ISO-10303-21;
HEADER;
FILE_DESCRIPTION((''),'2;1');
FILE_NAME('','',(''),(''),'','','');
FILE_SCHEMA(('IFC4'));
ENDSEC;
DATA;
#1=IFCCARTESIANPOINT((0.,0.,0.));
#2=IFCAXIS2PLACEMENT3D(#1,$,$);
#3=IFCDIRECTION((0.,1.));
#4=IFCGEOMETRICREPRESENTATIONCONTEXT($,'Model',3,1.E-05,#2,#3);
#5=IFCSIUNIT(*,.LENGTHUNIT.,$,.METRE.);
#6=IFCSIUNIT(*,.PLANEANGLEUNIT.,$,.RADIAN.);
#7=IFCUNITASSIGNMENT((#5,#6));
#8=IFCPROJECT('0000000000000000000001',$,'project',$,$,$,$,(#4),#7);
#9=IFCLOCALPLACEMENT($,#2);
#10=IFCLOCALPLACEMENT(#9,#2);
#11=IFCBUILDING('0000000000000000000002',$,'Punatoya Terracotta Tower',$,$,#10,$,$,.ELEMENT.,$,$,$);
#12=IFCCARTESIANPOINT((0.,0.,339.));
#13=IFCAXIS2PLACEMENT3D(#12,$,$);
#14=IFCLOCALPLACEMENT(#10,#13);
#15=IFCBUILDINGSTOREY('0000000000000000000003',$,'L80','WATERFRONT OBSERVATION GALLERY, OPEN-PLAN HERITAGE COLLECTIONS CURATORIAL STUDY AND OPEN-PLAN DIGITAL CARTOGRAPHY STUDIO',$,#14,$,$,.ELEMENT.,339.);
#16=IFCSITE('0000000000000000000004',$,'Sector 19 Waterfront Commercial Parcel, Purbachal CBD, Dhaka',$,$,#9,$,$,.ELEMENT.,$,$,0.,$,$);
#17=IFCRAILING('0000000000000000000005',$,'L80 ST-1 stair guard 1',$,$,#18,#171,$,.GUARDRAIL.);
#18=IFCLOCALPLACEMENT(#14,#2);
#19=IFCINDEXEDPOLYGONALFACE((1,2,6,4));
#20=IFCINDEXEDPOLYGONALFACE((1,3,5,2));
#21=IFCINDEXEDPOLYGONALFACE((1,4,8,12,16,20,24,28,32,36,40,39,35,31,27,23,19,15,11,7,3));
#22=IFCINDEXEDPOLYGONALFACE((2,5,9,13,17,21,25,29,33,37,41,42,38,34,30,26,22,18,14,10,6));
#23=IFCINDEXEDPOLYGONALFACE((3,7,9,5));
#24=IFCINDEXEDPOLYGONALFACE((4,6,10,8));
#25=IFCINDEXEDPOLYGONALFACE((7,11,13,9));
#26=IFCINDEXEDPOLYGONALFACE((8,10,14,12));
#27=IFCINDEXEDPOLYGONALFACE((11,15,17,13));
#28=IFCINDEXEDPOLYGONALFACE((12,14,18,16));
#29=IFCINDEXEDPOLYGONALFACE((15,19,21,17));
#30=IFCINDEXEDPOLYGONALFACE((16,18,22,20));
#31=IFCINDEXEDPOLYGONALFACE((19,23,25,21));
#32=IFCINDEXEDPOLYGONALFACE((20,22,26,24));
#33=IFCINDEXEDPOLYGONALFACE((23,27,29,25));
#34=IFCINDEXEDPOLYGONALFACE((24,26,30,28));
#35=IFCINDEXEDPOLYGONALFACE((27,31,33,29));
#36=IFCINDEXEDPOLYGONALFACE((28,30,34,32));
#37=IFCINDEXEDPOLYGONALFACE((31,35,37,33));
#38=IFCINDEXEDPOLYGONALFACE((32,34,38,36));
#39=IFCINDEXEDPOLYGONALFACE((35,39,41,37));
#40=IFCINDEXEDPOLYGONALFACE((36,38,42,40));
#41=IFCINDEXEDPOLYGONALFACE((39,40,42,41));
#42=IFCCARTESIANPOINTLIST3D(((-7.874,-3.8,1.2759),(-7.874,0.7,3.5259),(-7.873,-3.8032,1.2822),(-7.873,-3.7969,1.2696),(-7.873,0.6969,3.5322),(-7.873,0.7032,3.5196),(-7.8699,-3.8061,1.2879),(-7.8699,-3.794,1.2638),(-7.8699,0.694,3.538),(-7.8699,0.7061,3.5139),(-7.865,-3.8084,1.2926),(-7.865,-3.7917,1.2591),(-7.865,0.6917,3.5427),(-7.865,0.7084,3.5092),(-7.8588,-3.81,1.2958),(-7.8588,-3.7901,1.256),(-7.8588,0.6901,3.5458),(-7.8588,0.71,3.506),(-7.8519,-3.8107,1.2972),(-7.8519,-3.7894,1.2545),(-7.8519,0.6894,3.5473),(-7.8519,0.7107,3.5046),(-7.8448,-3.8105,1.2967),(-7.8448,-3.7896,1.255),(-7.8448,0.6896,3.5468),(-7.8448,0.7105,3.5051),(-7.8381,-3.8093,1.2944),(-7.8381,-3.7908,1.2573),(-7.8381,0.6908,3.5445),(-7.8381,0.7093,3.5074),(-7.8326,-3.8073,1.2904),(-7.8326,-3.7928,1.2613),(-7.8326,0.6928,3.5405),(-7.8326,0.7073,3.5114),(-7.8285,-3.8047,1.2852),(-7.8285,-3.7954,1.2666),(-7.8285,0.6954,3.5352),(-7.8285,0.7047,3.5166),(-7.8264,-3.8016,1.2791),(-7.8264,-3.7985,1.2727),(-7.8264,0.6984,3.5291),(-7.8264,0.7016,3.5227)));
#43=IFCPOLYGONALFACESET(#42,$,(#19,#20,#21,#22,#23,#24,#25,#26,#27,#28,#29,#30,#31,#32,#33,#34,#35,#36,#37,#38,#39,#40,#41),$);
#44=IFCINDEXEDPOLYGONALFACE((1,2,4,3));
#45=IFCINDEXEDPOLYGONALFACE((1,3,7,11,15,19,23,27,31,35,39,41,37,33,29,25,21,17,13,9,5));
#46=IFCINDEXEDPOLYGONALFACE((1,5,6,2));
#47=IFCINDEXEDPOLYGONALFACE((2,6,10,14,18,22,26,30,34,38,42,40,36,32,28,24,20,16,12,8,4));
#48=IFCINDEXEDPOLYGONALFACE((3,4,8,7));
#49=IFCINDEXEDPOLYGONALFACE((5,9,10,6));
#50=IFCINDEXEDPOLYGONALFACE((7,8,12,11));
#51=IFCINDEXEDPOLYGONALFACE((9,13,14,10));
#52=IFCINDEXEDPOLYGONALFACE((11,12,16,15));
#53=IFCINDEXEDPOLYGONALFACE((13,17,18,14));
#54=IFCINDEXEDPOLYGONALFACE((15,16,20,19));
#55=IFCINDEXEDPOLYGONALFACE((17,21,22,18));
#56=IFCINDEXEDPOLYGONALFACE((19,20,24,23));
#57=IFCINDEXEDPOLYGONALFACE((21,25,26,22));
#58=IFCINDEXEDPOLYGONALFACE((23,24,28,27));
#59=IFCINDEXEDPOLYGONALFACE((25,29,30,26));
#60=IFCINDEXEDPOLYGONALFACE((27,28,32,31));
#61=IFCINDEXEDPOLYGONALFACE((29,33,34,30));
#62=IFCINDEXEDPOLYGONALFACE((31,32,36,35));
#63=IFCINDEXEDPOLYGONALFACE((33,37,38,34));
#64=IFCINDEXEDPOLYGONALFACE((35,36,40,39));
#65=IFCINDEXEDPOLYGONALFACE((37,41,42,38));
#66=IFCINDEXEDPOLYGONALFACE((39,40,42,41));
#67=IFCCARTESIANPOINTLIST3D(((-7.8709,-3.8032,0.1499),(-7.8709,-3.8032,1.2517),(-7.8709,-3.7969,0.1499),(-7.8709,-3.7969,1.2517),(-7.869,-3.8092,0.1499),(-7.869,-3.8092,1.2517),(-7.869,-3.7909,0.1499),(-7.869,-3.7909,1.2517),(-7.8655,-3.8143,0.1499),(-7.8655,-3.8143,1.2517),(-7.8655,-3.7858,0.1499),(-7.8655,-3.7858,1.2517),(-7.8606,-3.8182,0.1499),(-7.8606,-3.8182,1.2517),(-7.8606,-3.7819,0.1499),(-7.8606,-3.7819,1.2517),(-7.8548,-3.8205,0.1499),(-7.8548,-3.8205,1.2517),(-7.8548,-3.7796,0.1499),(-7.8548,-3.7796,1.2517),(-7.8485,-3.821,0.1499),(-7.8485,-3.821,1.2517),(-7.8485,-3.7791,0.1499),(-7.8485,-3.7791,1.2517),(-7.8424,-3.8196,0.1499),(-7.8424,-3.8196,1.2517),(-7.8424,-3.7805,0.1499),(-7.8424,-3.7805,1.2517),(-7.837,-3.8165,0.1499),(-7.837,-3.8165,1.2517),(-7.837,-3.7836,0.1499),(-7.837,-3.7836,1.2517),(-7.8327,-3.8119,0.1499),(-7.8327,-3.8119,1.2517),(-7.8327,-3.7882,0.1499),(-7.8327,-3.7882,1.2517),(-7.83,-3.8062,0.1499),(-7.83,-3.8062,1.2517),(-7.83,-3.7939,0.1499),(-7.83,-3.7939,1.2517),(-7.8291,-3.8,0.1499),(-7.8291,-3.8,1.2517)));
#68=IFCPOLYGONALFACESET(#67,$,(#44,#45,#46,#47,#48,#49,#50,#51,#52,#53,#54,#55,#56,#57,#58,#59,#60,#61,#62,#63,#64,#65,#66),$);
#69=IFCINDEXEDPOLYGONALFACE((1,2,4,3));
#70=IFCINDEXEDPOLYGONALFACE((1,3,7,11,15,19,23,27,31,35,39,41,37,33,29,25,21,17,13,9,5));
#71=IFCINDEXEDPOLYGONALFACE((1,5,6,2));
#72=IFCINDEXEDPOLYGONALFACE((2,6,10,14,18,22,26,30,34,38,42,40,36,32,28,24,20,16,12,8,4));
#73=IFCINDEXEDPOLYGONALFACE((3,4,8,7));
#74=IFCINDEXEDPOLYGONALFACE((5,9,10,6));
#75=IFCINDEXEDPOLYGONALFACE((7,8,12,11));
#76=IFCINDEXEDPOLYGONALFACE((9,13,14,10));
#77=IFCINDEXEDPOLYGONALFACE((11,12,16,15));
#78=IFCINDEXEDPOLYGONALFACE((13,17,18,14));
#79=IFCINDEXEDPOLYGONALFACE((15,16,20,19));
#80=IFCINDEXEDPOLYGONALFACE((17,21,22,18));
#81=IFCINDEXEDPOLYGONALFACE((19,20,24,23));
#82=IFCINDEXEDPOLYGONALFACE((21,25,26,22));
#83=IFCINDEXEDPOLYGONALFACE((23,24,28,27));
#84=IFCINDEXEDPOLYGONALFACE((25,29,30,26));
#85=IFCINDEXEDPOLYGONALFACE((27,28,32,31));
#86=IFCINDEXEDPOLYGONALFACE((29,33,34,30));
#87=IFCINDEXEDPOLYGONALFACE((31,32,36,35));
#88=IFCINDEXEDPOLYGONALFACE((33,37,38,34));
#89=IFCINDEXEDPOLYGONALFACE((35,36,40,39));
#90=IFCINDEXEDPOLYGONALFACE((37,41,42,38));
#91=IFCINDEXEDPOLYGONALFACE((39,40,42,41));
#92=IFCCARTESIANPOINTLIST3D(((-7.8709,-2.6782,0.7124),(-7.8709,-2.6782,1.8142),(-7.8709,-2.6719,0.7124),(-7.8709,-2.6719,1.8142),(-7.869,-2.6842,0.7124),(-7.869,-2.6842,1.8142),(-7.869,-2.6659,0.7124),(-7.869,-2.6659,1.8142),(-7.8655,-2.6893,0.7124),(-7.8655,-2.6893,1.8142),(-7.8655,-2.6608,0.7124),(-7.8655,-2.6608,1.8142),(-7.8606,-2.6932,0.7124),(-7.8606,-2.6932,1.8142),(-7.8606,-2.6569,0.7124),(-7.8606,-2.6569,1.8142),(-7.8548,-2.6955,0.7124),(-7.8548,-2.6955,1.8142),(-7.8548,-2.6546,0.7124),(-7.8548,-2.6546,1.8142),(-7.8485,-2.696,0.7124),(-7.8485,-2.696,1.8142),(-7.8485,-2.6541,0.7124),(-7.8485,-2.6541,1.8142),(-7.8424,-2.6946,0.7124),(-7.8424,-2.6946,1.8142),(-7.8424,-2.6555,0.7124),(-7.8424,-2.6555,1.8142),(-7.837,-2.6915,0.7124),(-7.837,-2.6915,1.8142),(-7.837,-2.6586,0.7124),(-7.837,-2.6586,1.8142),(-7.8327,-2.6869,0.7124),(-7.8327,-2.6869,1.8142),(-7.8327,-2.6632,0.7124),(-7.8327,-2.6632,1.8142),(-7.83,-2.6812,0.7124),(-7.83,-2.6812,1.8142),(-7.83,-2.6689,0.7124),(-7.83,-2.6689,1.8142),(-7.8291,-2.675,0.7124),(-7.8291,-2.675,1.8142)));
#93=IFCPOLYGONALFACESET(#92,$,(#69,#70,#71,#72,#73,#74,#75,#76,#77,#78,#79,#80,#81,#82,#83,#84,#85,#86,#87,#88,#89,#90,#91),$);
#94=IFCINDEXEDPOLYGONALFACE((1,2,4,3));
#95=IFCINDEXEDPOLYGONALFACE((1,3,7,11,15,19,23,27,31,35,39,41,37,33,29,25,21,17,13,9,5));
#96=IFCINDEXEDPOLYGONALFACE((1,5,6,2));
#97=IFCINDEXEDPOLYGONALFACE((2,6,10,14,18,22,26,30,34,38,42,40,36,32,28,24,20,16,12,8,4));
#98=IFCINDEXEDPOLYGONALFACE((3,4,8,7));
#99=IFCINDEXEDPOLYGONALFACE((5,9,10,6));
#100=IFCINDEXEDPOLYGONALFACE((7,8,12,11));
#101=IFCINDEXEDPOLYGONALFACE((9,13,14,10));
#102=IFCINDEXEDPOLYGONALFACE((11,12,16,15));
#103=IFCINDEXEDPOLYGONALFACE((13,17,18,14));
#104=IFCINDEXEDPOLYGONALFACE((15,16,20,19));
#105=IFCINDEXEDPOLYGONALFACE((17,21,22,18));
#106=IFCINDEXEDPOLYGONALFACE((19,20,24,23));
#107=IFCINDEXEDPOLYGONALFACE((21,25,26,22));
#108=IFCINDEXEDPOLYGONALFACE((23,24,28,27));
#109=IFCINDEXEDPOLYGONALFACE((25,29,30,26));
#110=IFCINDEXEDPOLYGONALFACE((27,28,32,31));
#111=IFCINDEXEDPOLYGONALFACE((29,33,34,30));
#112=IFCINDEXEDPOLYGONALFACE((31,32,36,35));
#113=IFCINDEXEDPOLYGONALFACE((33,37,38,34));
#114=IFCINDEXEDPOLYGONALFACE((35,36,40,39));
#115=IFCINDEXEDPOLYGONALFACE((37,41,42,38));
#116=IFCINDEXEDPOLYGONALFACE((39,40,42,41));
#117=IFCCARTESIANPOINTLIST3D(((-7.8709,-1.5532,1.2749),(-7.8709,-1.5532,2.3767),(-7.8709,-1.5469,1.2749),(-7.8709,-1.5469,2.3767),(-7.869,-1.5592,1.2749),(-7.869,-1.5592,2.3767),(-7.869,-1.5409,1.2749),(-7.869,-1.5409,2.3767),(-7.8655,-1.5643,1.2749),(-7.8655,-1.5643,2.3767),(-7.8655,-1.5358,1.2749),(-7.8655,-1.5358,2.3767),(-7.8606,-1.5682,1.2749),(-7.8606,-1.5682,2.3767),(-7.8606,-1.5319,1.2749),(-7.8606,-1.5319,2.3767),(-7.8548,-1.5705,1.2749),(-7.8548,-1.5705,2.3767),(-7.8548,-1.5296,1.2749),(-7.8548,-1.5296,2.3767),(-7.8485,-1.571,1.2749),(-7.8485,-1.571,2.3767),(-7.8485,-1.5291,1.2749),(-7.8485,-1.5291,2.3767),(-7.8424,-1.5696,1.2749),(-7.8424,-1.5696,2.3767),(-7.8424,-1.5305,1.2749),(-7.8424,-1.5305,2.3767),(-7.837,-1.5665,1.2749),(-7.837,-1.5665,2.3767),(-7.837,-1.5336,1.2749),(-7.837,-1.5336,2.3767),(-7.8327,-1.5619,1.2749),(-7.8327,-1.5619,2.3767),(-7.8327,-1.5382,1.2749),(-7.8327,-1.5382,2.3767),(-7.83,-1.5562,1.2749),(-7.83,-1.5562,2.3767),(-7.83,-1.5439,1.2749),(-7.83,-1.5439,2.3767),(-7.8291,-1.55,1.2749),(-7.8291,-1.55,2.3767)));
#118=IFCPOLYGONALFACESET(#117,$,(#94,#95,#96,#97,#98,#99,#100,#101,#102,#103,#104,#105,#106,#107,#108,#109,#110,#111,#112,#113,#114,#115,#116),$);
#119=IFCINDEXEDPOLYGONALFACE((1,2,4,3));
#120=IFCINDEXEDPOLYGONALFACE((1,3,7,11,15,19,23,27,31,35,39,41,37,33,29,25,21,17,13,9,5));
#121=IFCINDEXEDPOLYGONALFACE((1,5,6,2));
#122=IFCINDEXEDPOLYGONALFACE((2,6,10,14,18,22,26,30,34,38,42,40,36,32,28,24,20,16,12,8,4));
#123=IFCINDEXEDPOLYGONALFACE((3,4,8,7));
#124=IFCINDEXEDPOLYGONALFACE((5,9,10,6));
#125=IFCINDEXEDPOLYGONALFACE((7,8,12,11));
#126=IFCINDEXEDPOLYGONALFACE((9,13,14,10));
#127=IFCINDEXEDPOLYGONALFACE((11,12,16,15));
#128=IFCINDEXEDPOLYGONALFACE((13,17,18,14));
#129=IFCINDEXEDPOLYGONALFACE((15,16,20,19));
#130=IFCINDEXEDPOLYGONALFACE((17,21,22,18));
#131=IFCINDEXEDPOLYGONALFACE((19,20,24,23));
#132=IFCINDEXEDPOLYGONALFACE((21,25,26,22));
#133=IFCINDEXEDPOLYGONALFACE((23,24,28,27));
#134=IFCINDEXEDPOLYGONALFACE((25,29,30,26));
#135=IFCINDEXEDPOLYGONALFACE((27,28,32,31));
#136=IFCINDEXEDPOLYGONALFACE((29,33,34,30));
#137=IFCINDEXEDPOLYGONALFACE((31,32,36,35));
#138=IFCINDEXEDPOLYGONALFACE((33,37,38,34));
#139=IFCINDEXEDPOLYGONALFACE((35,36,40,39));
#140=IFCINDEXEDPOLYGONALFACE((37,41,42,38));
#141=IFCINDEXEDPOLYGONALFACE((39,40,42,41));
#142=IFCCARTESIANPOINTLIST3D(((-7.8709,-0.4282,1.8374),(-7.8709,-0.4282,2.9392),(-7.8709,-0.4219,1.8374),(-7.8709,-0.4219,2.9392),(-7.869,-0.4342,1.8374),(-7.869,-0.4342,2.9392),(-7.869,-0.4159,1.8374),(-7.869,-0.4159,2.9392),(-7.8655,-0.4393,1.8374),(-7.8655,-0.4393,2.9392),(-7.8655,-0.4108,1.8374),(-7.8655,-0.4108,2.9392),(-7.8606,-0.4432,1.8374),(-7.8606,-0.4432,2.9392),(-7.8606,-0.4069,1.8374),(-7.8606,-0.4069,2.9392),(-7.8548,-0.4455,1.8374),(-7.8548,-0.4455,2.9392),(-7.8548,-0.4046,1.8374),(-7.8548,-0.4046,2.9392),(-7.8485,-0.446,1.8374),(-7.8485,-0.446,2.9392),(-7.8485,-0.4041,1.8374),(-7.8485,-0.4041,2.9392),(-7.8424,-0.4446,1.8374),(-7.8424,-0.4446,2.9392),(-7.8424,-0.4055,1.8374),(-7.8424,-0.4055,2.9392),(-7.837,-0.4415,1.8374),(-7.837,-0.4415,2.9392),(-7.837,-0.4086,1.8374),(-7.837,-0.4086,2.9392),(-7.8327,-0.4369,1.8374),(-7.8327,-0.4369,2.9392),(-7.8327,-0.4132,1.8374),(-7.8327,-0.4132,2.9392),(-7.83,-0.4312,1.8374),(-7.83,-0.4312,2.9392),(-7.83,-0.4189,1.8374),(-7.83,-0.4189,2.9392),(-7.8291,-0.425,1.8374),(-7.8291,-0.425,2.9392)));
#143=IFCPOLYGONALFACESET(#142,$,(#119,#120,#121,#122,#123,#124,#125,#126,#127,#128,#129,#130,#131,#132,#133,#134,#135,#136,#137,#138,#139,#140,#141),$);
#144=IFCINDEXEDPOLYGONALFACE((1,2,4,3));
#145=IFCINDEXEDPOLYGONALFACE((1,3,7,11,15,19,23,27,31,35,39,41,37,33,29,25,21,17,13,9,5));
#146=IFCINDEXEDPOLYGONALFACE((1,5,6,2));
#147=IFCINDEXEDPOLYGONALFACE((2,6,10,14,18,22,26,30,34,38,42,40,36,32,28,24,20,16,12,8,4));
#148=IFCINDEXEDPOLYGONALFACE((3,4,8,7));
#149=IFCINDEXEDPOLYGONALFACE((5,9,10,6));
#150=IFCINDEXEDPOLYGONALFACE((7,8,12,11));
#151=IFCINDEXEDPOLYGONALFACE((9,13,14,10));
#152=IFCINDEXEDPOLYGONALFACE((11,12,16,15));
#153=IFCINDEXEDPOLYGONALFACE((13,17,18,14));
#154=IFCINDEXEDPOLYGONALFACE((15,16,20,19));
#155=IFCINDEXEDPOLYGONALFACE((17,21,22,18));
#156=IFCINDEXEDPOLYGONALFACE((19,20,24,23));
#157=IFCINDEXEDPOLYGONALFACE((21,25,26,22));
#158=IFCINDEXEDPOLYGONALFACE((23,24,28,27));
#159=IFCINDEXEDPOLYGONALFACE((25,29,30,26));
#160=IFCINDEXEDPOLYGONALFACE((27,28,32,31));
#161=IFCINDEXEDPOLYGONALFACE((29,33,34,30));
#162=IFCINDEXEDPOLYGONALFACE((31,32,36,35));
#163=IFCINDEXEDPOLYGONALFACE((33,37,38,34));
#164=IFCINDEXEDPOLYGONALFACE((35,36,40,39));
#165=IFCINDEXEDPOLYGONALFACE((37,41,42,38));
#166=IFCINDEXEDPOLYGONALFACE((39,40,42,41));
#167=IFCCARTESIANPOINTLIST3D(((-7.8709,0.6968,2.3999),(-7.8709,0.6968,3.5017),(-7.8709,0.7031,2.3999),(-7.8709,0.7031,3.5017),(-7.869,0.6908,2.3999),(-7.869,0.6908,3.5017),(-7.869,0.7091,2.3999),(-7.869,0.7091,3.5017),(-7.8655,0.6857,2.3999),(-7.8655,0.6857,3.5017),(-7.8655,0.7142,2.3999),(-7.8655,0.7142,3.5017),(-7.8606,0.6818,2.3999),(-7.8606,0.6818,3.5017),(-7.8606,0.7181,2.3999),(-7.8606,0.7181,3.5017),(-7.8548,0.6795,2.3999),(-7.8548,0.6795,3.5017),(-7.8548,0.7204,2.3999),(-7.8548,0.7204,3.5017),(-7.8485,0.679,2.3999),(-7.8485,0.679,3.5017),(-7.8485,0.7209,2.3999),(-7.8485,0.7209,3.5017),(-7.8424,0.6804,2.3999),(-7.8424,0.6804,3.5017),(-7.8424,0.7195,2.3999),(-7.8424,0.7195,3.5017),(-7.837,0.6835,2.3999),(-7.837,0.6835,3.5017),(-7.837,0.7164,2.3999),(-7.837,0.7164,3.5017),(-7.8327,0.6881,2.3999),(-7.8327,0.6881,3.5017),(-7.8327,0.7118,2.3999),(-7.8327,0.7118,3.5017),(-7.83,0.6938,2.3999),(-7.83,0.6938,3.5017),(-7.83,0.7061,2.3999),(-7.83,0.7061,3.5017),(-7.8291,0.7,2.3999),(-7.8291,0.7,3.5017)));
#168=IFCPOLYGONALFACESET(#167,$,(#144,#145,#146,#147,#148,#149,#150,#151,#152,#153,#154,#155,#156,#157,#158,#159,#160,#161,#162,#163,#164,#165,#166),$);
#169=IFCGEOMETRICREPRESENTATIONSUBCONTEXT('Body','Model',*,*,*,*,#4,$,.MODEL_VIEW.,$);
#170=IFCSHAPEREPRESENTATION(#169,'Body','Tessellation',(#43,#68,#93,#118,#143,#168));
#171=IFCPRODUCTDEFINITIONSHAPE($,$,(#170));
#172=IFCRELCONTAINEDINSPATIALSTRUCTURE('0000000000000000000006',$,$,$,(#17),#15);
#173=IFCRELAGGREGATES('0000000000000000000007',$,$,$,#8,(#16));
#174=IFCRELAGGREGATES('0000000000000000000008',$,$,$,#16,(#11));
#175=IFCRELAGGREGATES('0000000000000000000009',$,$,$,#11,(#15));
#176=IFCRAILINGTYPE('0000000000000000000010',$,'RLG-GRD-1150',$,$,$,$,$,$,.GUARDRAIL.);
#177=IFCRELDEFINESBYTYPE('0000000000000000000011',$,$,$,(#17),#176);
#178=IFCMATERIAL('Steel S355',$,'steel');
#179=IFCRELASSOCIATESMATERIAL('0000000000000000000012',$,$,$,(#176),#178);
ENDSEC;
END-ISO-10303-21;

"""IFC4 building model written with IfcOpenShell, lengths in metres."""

from ifc_helpers import new_model, si_unit, direction, frame, origin, origin_2d, place, context, subcontext, project, spatial, circle, extrude, material, type_object, element, save


model = new_model("IFC4")

# Units and contexts
model_context = context("Model", 3, precision=1e-05, world=origin(), true_north=direction((0.0, 1.0)))
body_context = subcontext(model_context, "Body", "Model", "MODEL_VIEW")
ifc_project = project(units=[si_unit("LENGTHUNIT", "METRE"), si_unit("PLANEANGLEUNIT", "RADIAN")], contexts=[model_context])

# Site, building, storey
site_placement = place(None, origin())
site = spatial("IfcSite", under=ifc_project, at=site_placement, Name="Sector 19 Waterfront Commercial Parcel, Purbachal CBD, Dhaka", CompositionType="ELEMENT", RefElevation=0.0)
building_placement = place(site_placement, origin())
building = spatial("IfcBuilding", under=site, at=building_placement, Name="Punatoya Terracotta Tower", CompositionType="ELEMENT")
storey_placement = place(building_placement, frame((0.0, 0.0, 339.0)))
storey = spatial("IfcBuildingStorey", under=building, at=storey_placement, Name="L80", Description="WATERFRONT OBSERVATION GALLERY, OPEN-PLAN HERITAGE COLLECTIONS CURATORIAL STUDY AND OPEN-PLAN DIGITAL CARTOGRAPHY STUDIO", CompositionType="ELEMENT", Elevation=339.0)

# Shared definitions
ifc_material_1 = material(Name="Steel S355", Category="steel")

# Railing
railing_type = type_object("IfcRailingType", Name="RLG-GRD-1150", PredefinedType="GUARDRAIL", material=ifc_material_1)
railing_1_placement = place(storey_placement, frame((-7.8501, -3.8, 0.1499)))
element("IfcRailing", 1, at=railing_1_placement, inside=storey, type_object=railing_type, Name="L80 ST-1 stair guard 1", PredefinedType="GUARDRAIL", context=body_context, shape_type="SweptSolid", body=[
    extrude(circle(Radius=0.0239, at=origin_2d()), frame((0.0, 0.0, 1.126), z_axis=(0.0, 0.894427, 0.447214), x_axis=(-1.0, 0.0, 0.0)), (0.0, 0.0, 1.0), 5.0312),
    extrude(circle(Radius=0.021, at=origin_2d()), origin(), (0.0, 0.0, 1.0), 1.1018),
    extrude(circle(Radius=0.021, at=origin_2d()), frame((0.0, 1.125, 0.5625)), (0.0, 0.0, 1.0), 1.1018),
    extrude(circle(Radius=0.021, at=origin_2d()), frame((0.0, 2.25, 1.125)), (0.0, 0.0, 1.0), 1.1018),
    extrude(circle(Radius=0.021, at=origin_2d()), frame((0.0, 3.375, 1.6875)), (0.0, 0.0, 1.0), 1.1018),
    extrude(circle(Radius=0.021, at=origin_2d()), frame((0.0, 4.5, 2.25)), (0.0, 0.0, 1.0), 1.1018),
])

save(model, "model.ifc")
